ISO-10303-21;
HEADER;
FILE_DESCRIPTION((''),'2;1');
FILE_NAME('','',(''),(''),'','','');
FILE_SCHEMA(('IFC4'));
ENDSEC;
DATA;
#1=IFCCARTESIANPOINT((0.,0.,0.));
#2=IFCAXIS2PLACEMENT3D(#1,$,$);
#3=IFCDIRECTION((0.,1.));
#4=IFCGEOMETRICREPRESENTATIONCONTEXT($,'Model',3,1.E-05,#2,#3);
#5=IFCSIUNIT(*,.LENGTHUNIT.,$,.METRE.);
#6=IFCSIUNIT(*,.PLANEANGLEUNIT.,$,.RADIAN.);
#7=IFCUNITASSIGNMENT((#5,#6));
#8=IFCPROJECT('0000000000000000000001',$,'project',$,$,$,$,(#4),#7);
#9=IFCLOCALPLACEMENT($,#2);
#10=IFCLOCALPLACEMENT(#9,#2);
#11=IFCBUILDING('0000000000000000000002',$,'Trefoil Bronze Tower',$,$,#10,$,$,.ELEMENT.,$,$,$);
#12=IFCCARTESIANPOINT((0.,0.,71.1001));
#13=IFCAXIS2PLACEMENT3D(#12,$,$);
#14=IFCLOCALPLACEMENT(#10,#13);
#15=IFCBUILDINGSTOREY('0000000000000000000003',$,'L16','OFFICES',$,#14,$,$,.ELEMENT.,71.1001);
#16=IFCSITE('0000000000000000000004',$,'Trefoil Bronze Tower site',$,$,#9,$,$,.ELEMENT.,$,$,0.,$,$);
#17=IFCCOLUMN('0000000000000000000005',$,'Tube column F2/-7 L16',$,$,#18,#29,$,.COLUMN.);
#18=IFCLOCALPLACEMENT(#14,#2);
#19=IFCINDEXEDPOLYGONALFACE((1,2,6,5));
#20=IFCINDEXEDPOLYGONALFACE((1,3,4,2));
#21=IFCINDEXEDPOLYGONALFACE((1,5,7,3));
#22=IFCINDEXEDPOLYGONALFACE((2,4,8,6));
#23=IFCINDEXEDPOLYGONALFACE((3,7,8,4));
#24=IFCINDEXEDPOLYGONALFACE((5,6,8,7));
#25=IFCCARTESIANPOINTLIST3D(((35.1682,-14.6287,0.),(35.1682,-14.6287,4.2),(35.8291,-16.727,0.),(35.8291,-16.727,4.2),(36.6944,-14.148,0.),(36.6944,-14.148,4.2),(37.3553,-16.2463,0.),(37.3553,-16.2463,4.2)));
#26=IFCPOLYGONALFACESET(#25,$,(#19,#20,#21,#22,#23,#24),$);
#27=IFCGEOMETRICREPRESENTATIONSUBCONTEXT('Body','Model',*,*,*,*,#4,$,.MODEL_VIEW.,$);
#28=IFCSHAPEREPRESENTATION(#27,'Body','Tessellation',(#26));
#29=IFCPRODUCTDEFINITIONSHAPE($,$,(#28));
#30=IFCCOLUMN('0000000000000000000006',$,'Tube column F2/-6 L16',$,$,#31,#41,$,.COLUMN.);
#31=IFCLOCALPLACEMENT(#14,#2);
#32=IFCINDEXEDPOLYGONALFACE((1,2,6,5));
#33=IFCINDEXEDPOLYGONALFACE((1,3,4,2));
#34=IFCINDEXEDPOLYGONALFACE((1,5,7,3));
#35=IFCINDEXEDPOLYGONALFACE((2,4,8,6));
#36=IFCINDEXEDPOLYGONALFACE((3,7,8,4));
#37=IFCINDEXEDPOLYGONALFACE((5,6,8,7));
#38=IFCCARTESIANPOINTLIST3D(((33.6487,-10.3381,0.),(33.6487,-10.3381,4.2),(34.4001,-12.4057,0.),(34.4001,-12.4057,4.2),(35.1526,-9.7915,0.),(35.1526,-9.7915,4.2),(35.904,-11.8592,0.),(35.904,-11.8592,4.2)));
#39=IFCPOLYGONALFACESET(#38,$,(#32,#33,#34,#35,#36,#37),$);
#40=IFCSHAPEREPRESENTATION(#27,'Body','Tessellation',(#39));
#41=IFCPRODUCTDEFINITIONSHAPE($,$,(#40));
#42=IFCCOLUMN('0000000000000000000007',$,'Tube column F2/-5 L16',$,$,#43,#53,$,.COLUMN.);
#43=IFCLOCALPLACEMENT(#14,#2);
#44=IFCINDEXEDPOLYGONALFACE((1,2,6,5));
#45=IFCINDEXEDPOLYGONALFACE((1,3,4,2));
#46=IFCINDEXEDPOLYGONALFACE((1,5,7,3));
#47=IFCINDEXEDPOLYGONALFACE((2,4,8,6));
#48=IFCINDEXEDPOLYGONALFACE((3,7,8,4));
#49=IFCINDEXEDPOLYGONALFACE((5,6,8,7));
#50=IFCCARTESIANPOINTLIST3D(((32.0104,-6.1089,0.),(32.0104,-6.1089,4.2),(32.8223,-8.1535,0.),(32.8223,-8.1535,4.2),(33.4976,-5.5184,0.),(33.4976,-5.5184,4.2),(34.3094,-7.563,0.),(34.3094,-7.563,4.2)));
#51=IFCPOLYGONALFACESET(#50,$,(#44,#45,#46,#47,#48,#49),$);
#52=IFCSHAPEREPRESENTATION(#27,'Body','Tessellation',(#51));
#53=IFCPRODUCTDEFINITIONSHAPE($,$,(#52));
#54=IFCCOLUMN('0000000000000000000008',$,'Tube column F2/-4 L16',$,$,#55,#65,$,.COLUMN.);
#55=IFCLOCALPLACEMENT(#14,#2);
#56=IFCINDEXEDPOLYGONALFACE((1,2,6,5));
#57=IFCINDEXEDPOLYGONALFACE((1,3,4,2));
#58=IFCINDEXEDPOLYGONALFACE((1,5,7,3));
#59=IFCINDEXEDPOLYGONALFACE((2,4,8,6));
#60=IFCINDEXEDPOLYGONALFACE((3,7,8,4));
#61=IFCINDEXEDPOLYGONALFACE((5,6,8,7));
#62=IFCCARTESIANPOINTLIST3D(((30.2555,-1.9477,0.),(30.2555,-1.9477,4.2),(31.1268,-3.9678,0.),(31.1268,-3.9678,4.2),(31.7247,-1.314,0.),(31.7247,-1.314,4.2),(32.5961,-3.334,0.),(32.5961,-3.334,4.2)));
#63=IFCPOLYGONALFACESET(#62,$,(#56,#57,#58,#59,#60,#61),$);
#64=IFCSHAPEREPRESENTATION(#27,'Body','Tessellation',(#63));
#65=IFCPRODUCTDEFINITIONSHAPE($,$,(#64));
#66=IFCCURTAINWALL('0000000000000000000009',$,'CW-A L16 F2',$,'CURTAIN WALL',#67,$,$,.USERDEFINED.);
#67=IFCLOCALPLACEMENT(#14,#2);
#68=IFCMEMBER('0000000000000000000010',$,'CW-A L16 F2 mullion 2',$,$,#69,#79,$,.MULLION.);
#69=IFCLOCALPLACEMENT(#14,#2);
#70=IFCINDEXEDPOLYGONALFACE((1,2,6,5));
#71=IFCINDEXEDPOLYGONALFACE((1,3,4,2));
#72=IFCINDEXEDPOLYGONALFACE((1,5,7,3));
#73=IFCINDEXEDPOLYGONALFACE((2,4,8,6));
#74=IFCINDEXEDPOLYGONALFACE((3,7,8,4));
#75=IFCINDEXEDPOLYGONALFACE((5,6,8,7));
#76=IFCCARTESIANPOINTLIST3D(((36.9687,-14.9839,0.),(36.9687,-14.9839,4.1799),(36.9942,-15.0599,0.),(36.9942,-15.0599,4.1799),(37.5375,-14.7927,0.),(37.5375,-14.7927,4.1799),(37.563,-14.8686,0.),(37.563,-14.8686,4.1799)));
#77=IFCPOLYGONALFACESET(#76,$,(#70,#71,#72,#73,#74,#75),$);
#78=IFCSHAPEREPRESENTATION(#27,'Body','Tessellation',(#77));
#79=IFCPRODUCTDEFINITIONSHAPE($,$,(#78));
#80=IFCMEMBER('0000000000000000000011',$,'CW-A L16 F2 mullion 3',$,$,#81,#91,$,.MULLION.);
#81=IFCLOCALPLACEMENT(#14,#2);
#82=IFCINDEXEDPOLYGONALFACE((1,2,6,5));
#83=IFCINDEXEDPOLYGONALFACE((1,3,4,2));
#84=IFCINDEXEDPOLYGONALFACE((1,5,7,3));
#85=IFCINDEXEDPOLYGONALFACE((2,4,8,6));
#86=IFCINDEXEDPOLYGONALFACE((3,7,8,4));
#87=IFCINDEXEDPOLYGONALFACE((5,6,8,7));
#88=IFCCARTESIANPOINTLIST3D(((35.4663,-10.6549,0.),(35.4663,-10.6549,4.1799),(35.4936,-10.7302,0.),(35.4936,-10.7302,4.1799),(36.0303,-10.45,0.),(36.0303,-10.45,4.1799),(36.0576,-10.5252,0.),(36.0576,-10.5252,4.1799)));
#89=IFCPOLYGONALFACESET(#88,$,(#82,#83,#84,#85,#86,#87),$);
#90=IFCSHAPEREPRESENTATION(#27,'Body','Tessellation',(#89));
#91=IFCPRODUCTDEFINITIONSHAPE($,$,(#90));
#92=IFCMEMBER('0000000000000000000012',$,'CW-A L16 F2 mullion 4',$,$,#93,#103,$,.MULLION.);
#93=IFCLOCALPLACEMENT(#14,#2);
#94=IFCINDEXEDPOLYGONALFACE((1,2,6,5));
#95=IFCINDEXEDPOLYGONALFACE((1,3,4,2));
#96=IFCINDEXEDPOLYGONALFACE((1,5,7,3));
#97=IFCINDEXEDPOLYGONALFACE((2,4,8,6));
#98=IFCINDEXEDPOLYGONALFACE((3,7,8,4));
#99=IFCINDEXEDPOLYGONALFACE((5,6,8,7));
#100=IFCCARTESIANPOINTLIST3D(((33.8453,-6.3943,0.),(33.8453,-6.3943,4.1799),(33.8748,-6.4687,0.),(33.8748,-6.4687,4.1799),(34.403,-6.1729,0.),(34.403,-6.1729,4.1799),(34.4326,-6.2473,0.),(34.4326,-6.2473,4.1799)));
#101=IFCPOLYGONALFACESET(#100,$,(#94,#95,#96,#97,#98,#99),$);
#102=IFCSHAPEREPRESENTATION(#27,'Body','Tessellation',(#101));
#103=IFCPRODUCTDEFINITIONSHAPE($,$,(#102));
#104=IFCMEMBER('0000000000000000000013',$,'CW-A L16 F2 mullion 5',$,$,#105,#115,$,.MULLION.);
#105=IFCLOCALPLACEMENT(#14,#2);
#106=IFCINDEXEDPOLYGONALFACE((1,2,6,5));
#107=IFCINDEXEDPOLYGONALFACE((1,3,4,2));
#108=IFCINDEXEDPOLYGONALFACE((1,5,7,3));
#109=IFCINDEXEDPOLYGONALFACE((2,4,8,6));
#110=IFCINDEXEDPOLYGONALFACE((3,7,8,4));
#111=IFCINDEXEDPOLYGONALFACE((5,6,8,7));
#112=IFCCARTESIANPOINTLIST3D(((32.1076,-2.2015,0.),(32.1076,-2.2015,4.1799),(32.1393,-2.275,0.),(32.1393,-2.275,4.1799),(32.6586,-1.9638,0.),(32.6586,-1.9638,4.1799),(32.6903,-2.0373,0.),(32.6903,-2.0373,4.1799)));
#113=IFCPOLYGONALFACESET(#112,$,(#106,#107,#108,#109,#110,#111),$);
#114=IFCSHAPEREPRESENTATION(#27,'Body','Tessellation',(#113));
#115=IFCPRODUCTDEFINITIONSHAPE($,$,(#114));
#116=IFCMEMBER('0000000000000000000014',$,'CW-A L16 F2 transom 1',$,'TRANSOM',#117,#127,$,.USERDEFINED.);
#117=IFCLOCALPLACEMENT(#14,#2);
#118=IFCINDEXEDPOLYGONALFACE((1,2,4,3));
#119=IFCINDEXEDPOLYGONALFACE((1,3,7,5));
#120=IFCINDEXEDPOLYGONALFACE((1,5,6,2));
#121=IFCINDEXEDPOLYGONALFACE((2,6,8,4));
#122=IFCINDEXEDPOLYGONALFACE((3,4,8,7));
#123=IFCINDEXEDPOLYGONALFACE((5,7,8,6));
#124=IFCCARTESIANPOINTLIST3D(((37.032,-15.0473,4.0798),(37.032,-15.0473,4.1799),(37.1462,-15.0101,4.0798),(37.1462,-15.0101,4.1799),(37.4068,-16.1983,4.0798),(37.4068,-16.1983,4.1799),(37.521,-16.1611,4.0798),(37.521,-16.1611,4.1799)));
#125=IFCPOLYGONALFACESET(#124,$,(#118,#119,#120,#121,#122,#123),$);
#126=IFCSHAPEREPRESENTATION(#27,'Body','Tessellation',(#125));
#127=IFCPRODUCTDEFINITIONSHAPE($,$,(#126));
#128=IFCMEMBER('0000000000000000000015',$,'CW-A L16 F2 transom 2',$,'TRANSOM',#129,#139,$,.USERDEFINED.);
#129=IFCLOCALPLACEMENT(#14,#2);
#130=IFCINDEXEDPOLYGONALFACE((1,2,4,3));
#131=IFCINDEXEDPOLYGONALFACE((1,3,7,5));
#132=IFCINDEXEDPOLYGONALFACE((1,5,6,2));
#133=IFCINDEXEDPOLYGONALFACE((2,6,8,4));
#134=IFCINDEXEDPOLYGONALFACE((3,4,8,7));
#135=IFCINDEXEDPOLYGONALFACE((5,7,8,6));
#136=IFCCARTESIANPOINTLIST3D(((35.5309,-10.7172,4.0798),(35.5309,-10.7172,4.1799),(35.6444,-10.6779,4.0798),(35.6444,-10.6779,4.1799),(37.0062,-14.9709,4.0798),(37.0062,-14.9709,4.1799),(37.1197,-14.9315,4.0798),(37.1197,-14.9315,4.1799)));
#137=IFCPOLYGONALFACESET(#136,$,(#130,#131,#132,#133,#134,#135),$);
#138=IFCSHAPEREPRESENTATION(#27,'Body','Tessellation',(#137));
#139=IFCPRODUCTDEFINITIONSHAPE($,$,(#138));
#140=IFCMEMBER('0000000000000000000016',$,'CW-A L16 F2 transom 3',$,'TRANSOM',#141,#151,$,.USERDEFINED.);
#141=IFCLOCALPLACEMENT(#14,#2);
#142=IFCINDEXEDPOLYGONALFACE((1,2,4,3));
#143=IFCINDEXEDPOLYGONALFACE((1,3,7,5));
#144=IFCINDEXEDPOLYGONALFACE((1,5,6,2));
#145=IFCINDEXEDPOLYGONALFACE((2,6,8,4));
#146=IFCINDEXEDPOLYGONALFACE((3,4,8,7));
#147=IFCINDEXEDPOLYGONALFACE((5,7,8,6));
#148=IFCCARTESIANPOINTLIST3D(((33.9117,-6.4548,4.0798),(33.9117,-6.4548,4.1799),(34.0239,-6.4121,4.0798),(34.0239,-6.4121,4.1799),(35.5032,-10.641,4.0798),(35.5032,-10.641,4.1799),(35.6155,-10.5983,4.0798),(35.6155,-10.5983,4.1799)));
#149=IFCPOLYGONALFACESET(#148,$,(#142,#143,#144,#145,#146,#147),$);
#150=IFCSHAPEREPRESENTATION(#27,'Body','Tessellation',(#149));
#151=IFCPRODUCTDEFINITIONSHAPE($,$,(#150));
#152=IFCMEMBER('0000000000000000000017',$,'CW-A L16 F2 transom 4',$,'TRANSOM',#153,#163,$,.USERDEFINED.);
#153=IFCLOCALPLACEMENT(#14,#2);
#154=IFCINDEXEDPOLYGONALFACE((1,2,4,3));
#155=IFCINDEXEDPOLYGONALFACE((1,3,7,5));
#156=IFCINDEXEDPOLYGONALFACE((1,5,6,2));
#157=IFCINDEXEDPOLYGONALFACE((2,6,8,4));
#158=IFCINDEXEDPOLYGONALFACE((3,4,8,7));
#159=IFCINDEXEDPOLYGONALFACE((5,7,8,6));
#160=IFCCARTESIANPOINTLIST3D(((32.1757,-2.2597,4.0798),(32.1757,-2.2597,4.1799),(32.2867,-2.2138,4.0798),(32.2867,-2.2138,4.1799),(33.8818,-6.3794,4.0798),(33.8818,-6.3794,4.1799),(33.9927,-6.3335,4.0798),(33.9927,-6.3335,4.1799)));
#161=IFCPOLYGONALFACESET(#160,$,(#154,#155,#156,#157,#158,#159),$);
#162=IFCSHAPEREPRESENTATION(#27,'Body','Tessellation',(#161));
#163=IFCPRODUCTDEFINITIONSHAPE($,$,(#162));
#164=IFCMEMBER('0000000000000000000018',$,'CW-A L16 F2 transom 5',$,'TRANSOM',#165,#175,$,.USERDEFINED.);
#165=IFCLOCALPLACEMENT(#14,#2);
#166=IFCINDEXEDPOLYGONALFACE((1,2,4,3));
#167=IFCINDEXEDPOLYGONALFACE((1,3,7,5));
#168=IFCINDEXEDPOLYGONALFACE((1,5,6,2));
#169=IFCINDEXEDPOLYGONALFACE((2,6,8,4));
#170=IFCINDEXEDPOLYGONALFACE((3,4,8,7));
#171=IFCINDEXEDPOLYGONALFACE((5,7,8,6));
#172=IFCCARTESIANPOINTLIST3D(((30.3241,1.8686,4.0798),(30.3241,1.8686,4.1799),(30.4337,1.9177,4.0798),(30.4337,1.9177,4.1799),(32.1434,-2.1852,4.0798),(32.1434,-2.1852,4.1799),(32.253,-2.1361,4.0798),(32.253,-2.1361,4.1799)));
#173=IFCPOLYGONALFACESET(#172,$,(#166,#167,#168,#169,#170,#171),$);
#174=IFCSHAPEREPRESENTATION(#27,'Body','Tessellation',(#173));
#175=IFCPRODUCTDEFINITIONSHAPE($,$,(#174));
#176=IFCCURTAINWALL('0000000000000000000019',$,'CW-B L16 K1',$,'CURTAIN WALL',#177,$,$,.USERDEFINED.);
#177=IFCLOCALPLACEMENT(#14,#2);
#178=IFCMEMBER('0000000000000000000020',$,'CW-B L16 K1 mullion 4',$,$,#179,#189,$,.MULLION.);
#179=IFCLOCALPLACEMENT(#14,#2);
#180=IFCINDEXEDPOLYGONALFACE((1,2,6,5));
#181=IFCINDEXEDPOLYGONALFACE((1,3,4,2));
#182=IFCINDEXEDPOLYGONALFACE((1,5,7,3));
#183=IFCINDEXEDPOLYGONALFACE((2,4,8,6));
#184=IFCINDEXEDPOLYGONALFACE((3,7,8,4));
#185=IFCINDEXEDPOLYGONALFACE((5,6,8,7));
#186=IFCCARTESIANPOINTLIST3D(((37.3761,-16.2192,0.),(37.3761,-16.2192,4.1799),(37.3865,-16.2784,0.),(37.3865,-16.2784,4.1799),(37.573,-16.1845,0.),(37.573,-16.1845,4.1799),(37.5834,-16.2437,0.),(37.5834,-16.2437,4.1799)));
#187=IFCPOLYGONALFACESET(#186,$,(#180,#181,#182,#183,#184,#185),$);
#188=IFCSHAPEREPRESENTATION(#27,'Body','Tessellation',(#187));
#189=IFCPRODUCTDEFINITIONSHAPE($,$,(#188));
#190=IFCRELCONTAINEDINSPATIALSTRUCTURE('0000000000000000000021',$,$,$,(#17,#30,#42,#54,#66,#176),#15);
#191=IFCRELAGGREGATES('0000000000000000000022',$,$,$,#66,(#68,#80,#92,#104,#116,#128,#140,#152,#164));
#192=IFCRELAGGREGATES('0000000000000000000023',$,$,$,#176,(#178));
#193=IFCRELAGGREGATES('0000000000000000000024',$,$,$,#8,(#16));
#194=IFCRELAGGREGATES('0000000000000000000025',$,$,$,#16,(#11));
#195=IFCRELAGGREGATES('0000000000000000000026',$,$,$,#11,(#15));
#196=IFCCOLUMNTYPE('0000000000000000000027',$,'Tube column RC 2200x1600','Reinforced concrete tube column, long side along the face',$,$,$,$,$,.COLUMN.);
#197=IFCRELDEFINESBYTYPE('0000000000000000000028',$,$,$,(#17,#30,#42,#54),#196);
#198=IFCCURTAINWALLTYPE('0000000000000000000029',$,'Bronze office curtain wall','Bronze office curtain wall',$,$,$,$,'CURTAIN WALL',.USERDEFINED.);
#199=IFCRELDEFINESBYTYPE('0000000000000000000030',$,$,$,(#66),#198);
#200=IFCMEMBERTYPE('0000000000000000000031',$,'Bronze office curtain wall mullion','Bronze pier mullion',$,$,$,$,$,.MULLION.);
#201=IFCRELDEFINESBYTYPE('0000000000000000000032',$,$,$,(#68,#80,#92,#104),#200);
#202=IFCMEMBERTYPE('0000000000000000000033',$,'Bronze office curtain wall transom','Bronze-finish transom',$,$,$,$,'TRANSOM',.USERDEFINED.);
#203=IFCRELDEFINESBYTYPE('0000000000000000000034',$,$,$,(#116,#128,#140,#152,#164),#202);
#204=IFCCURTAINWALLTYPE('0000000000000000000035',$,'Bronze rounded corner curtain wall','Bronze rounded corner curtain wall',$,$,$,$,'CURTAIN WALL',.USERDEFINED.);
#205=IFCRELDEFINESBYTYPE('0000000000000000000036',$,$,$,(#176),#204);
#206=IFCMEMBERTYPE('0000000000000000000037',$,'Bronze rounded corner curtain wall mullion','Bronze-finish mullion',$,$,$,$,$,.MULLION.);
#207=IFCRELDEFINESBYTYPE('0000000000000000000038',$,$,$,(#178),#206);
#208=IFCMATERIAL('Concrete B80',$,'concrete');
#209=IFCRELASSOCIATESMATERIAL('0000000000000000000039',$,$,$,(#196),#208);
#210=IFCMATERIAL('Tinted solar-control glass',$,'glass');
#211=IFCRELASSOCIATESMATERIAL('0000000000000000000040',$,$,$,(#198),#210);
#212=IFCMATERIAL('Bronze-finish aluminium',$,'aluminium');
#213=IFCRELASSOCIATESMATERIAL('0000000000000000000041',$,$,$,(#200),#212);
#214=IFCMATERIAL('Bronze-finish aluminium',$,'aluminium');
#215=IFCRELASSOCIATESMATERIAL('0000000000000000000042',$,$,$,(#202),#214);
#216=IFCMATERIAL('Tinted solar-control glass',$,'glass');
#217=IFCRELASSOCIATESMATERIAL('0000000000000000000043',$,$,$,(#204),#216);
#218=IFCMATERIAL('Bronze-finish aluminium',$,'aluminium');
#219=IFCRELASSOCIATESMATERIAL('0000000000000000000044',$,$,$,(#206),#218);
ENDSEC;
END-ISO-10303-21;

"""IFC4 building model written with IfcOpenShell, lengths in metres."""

from ifc_helpers import new_model, si_unit, direction, frame, origin, origin_2d, place, context, subcontext, project, spatial, rectangle, extrude, material, material_profile, profile_set, type_object, element, aggregate, save


model = new_model("IFC4")

# Units and contexts
model_context = context("Model", 3, precision=1e-05, world=origin(), true_north=direction((0.0, 1.0)))
body_context = subcontext(model_context, "Body", "Model", "MODEL_VIEW")
ifc_project = project(units=[si_unit("LENGTHUNIT", "METRE"), si_unit("PLANEANGLEUNIT", "RADIAN")], contexts=[model_context])

# Site, building, storey
site_placement = place(None, origin())
site = spatial("IfcSite", under=ifc_project, at=site_placement, Name="Trefoil Bronze Tower site", CompositionType="ELEMENT", RefElevation=0.0)
building_placement = place(site_placement, origin())
building = spatial("IfcBuilding", under=site, at=building_placement, Name="Trefoil Bronze Tower", CompositionType="ELEMENT")
storey_placement = place(building_placement, frame((0.0, 0.0, 71.1001)))
storey = spatial("IfcBuildingStorey", under=building, at=storey_placement, Name="L16", Description="OFFICES", CompositionType="ELEMENT", Elevation=71.1001)

# Columns
ifc_material_1 = material(Name="Concrete B80", Category="concrete")
ifc_material_profile_1 = material_profile(ifc_material_1, rectangle(XDim=2.2, YDim=1.6001, at=origin_2d()), Name="RC 2200x1600")
ifc_profile_set_1 = profile_set([ifc_material_profile_1], Name="Concrete B80")
column_type = type_object("IfcColumnType", Name="Tube column RC 2200x1600", Description="Reinforced concrete tube column, long side along the face", PredefinedType="COLUMN", material=ifc_profile_set_1)
for number, where, z_axis, x_axis, name in (
    (1, (36.2617, -15.4375, 0.0), (0.0, 0.0, 1.0), (-0.300414, 0.953809, 0.0), "Tube column F2/-7 L16"),
    (2, (34.7764, -11.0986, 0.0), (0.0, 0.0, 1.0), (-0.341559, 0.93986, 0.0), "Tube column F2/-6 L16"),
    (3, (33.1599, -6.8359, 0.0), (0.0, 0.0, 1.0), (-0.36904, 0.929414, 0.0), "Tube column F2/-5 L16"),
    (4, (31.4258, -2.6409, 0.0), (0.0, 0.0, 1.0), (-0.396085, 0.918214, 0.0), "Tube column F2/-4 L16"),
):
    element("IfcColumn", number, at=place(storey_placement, frame(where, z_axis=z_axis, x_axis=x_axis)), inside=storey, type_object=column_type, Name=name, PredefinedType="COLUMN", context=body_context, shape_type="SweptSolid", body=[
        extrude(rectangle(XDim=2.2, YDim=1.6001, at=origin_2d()), origin(), (0.0, 0.0, 1.0), 4.2),
    ])

# Curtain wall, members
ifc_material_2 = material(Name="Tinted solar-control glass", Category="glass")
curtain_wall_type_1 = type_object("IfcCurtainWallType", Name="Bronze office curtain wall", Description="Bronze office curtain wall", ElementType="CURTAIN WALL", PredefinedType="USERDEFINED", material=ifc_material_2)
curtain_wall_1_placement = place(storey_placement, origin())
curtain_wall_1 = element("IfcCurtainWall", 5, at=curtain_wall_1_placement, inside=storey, type_object=curtain_wall_type_1, Name="CW-A L16 F2", ObjectType="CURTAIN WALL", PredefinedType="USERDEFINED")
ifc_material_3 = material(Name="Bronze-finish aluminium", Category="aluminium")
ifc_material_profile_2 = material_profile(ifc_material_3, rectangle(XDim=0.6001, YDim=0.0801, at=origin_2d()), Name="CW-A mullion")
ifc_profile_set_2 = profile_set([ifc_material_profile_2], Name="Bronze-finish aluminium")
member_type_1 = type_object("IfcMemberType", Name="Bronze office curtain wall mullion", Description="Bronze pier mullion", PredefinedType="MULLION", material=ifc_profile_set_2)
member_1_placement = place(storey_placement, frame((37.2659, -14.9263, 0.0), z_axis=(0.0, 0.0, 1.0), x_axis=(-0.947851, -0.318715, 0.0)))
member_1 = element("IfcMember", 6, at=member_1_placement, type_object=member_type_1, Name="CW-A L16 F2 mullion 2", PredefinedType="MULLION", context=body_context, shape_type="SweptSolid", body=[
    extrude(rectangle(XDim=0.6001, YDim=0.0801, at=origin_2d()), origin(), (0.0, 0.0, 1.0), 4.1799),
])
member_2_placement = place(storey_placement, frame((35.762, -10.5901, 0.0), z_axis=(0.0, 0.0, 1.0), x_axis=(-0.93986, -0.341559, 0.0)))
member_2 = element("IfcMember", 7, at=member_2_placement, type_object=member_type_1, Name="CW-A L16 F2 mullion 3", PredefinedType="MULLION", context=body_context, shape_type="SweptSolid", body=[
    extrude(rectangle(XDim=0.6001, YDim=0.0801, at=origin_2d()), origin(), (0.0, 0.0, 1.0), 4.1799),
])
member_3_placement = place(storey_placement, frame((34.1389, -6.3208, 0.0), z_axis=(0.0, 0.0, 1.0), x_axis=(-0.929414, -0.36904, 0.0)))
member_3 = element("IfcMember", 8, at=member_3_placement, type_object=member_type_1, Name="CW-A L16 F2 mullion 4", PredefinedType="MULLION", context=body_context, shape_type="SweptSolid", body=[
    extrude(rectangle(XDim=0.6001, YDim=0.0801, at=origin_2d()), origin(), (0.0, 0.0, 1.0), 4.1799),
])
member_4_placement = place(storey_placement, frame((32.3989, -2.1194, 0.0), z_axis=(0.0, 0.0, 1.0), x_axis=(-0.918214, -0.396085, 0.0)))
member_4 = element("IfcMember", 9, at=member_4_placement, type_object=member_type_1, Name="CW-A L16 F2 mullion 5", PredefinedType="MULLION", context=body_context, shape_type="SweptSolid", body=[
    extrude(rectangle(XDim=0.6001, YDim=0.0801, at=origin_2d()), origin(), (0.0, 0.0, 1.0), 4.1799),
])
ifc_material_4 = material(Name="Bronze-finish aluminium", Category="aluminium")
ifc_material_profile_3 = material_profile(ifc_material_4, rectangle(XDim=0.1201, YDim=0.1001, at=origin_2d()), Name="CW-A transom")
ifc_profile_set_3 = profile_set([ifc_material_profile_3], Name="Bronze-finish aluminium")
member_type_2 = type_object("IfcMemberType", Name="Bronze office curtain wall transom", Description="Bronze-finish transom", ElementType="TRANSOM", PredefinedType="USERDEFINED", material=ifc_profile_set_3)
member_5_placement = place(storey_placement, frame((37.4639, -16.1797, 4.1299), z_axis=(-0.309624, 0.950859, 0.0), x_axis=(-0.950859, -0.309624, 0.0)))
member_5 = element("IfcMember", 10, at=member_5_placement, type_object=member_type_2, Name="CW-A L16 F2 transom 1", ObjectType="TRANSOM", PredefinedType="USERDEFINED", context=body_context, shape_type="SweptSolid", body=[
    extrude(rectangle(XDim=0.1201, YDim=0.1001, at=origin_2d()), origin(), (0.0, 0.0, 1.0), 1.2104),
])
member_6_placement = place(storey_placement, frame((37.063, -14.9512, 4.1299), z_axis=(-0.32769, 0.944785, 0.0), x_axis=(-0.944785, -0.32769, 0.0)))
member_6 = element("IfcMember", 11, at=member_6_placement, type_object=member_type_2, Name="CW-A L16 F2 transom 2", ObjectType="TRANSOM", PredefinedType="USERDEFINED", context=body_context, shape_type="SweptSolid", body=[
    extrude(rectangle(XDim=0.1201, YDim=0.1001, at=origin_2d()), origin(), (0.0, 0.0, 1.0), 4.5022),
])
member_7_placement = place(storey_placement, frame((35.5593, -10.6196, 4.1299), z_axis=(-0.355367, 0.934727, 0.0), x_axis=(-0.934727, -0.355367, 0.0)))
member_7 = element("IfcMember", 12, at=member_7_placement, type_object=member_type_2, Name="CW-A L16 F2 transom 3", ObjectType="TRANSOM", PredefinedType="USERDEFINED", context=body_context, shape_type="SweptSolid", body=[
    extrude(rectangle(XDim=0.1201, YDim=0.1001, at=origin_2d()), origin(), (0.0, 0.0, 1.0), 4.4785),
])
member_8_placement = place(storey_placement, frame((33.9373, -6.3564, 4.1299), z_axis=(-0.382616, 0.923907, 0.0), x_axis=(-0.923907, -0.382616, 0.0)))
member_8 = element("IfcMember", 13, at=member_8_placement, type_object=member_type_2, Name="CW-A L16 F2 transom 4", ObjectType="TRANSOM", PredefinedType="USERDEFINED", context=body_context, shape_type="SweptSolid", body=[
    extrude(rectangle(XDim=0.1201, YDim=0.1001, at=origin_2d()), origin(), (0.0, 0.0, 1.0), 4.459),
])
member_9_placement = place(storey_placement, frame((32.1982, -2.1606, 4.1299), z_axis=(-0.40946, 0.912328, 0.0), x_axis=(-0.912328, -0.40946, 0.0)))
member_9 = element("IfcMember", 14, at=member_9_placement, type_object=member_type_2, Name="CW-A L16 F2 transom 5", ObjectType="TRANSOM", PredefinedType="USERDEFINED", context=body_context, shape_type="SweptSolid", body=[
    extrude(rectangle(XDim=0.1201, YDim=0.1001, at=origin_2d()), origin(), (0.0, 0.0, 1.0), 4.4434),
])

# Curtain wall, member
ifc_material_5 = material(Name="Tinted solar-control glass", Category="glass")
curtain_wall_type_2 = type_object("IfcCurtainWallType", Name="Bronze rounded corner curtain wall", Description="Bronze rounded corner curtain wall", ElementType="CURTAIN WALL", PredefinedType="USERDEFINED", material=ifc_material_5)
curtain_wall_2_placement = place(storey_placement, origin())
curtain_wall_2 = element("IfcCurtainWall", 15, at=curtain_wall_2_placement, inside=storey, type_object=curtain_wall_type_2, Name="CW-B L16 K1", ObjectType="CURTAIN WALL", PredefinedType="USERDEFINED")
ifc_material_6 = material(Name="Bronze-finish aluminium", Category="aluminium")
ifc_material_profile_4 = material_profile(ifc_material_6, rectangle(XDim=0.2, YDim=0.0601, at=origin_2d()), Name="CW-B mullion")
ifc_profile_set_4 = profile_set([ifc_material_profile_4], Name="Bronze-finish aluminium")
member_type_3 = type_object("IfcMemberType", Name="Bronze rounded corner curtain wall mullion", Description="Bronze-finish mullion", PredefinedType="MULLION", material=ifc_profile_set_4)
member_10_placement = place(storey_placement, frame((37.4797, -16.2314, 0.0), z_axis=(0.0, 0.0, 1.0), x_axis=(-0.984808, -0.173648, 0.0)))
member_10 = element("IfcMember", 16, at=member_10_placement, type_object=member_type_3, Name="CW-B L16 K1 mullion 4", PredefinedType="MULLION", context=body_context, shape_type="SweptSolid", body=[
    extrude(rectangle(XDim=0.2, YDim=0.0601, at=origin_2d()), origin(), (0.0, 0.0, 1.0), 4.1799),
])

aggregate(curtain_wall_1, [member_1, member_2, member_3, member_4, member_5, member_6, member_7, member_8, member_9])
aggregate(curtain_wall_2, [member_10])

save(model, "model.ifc")
